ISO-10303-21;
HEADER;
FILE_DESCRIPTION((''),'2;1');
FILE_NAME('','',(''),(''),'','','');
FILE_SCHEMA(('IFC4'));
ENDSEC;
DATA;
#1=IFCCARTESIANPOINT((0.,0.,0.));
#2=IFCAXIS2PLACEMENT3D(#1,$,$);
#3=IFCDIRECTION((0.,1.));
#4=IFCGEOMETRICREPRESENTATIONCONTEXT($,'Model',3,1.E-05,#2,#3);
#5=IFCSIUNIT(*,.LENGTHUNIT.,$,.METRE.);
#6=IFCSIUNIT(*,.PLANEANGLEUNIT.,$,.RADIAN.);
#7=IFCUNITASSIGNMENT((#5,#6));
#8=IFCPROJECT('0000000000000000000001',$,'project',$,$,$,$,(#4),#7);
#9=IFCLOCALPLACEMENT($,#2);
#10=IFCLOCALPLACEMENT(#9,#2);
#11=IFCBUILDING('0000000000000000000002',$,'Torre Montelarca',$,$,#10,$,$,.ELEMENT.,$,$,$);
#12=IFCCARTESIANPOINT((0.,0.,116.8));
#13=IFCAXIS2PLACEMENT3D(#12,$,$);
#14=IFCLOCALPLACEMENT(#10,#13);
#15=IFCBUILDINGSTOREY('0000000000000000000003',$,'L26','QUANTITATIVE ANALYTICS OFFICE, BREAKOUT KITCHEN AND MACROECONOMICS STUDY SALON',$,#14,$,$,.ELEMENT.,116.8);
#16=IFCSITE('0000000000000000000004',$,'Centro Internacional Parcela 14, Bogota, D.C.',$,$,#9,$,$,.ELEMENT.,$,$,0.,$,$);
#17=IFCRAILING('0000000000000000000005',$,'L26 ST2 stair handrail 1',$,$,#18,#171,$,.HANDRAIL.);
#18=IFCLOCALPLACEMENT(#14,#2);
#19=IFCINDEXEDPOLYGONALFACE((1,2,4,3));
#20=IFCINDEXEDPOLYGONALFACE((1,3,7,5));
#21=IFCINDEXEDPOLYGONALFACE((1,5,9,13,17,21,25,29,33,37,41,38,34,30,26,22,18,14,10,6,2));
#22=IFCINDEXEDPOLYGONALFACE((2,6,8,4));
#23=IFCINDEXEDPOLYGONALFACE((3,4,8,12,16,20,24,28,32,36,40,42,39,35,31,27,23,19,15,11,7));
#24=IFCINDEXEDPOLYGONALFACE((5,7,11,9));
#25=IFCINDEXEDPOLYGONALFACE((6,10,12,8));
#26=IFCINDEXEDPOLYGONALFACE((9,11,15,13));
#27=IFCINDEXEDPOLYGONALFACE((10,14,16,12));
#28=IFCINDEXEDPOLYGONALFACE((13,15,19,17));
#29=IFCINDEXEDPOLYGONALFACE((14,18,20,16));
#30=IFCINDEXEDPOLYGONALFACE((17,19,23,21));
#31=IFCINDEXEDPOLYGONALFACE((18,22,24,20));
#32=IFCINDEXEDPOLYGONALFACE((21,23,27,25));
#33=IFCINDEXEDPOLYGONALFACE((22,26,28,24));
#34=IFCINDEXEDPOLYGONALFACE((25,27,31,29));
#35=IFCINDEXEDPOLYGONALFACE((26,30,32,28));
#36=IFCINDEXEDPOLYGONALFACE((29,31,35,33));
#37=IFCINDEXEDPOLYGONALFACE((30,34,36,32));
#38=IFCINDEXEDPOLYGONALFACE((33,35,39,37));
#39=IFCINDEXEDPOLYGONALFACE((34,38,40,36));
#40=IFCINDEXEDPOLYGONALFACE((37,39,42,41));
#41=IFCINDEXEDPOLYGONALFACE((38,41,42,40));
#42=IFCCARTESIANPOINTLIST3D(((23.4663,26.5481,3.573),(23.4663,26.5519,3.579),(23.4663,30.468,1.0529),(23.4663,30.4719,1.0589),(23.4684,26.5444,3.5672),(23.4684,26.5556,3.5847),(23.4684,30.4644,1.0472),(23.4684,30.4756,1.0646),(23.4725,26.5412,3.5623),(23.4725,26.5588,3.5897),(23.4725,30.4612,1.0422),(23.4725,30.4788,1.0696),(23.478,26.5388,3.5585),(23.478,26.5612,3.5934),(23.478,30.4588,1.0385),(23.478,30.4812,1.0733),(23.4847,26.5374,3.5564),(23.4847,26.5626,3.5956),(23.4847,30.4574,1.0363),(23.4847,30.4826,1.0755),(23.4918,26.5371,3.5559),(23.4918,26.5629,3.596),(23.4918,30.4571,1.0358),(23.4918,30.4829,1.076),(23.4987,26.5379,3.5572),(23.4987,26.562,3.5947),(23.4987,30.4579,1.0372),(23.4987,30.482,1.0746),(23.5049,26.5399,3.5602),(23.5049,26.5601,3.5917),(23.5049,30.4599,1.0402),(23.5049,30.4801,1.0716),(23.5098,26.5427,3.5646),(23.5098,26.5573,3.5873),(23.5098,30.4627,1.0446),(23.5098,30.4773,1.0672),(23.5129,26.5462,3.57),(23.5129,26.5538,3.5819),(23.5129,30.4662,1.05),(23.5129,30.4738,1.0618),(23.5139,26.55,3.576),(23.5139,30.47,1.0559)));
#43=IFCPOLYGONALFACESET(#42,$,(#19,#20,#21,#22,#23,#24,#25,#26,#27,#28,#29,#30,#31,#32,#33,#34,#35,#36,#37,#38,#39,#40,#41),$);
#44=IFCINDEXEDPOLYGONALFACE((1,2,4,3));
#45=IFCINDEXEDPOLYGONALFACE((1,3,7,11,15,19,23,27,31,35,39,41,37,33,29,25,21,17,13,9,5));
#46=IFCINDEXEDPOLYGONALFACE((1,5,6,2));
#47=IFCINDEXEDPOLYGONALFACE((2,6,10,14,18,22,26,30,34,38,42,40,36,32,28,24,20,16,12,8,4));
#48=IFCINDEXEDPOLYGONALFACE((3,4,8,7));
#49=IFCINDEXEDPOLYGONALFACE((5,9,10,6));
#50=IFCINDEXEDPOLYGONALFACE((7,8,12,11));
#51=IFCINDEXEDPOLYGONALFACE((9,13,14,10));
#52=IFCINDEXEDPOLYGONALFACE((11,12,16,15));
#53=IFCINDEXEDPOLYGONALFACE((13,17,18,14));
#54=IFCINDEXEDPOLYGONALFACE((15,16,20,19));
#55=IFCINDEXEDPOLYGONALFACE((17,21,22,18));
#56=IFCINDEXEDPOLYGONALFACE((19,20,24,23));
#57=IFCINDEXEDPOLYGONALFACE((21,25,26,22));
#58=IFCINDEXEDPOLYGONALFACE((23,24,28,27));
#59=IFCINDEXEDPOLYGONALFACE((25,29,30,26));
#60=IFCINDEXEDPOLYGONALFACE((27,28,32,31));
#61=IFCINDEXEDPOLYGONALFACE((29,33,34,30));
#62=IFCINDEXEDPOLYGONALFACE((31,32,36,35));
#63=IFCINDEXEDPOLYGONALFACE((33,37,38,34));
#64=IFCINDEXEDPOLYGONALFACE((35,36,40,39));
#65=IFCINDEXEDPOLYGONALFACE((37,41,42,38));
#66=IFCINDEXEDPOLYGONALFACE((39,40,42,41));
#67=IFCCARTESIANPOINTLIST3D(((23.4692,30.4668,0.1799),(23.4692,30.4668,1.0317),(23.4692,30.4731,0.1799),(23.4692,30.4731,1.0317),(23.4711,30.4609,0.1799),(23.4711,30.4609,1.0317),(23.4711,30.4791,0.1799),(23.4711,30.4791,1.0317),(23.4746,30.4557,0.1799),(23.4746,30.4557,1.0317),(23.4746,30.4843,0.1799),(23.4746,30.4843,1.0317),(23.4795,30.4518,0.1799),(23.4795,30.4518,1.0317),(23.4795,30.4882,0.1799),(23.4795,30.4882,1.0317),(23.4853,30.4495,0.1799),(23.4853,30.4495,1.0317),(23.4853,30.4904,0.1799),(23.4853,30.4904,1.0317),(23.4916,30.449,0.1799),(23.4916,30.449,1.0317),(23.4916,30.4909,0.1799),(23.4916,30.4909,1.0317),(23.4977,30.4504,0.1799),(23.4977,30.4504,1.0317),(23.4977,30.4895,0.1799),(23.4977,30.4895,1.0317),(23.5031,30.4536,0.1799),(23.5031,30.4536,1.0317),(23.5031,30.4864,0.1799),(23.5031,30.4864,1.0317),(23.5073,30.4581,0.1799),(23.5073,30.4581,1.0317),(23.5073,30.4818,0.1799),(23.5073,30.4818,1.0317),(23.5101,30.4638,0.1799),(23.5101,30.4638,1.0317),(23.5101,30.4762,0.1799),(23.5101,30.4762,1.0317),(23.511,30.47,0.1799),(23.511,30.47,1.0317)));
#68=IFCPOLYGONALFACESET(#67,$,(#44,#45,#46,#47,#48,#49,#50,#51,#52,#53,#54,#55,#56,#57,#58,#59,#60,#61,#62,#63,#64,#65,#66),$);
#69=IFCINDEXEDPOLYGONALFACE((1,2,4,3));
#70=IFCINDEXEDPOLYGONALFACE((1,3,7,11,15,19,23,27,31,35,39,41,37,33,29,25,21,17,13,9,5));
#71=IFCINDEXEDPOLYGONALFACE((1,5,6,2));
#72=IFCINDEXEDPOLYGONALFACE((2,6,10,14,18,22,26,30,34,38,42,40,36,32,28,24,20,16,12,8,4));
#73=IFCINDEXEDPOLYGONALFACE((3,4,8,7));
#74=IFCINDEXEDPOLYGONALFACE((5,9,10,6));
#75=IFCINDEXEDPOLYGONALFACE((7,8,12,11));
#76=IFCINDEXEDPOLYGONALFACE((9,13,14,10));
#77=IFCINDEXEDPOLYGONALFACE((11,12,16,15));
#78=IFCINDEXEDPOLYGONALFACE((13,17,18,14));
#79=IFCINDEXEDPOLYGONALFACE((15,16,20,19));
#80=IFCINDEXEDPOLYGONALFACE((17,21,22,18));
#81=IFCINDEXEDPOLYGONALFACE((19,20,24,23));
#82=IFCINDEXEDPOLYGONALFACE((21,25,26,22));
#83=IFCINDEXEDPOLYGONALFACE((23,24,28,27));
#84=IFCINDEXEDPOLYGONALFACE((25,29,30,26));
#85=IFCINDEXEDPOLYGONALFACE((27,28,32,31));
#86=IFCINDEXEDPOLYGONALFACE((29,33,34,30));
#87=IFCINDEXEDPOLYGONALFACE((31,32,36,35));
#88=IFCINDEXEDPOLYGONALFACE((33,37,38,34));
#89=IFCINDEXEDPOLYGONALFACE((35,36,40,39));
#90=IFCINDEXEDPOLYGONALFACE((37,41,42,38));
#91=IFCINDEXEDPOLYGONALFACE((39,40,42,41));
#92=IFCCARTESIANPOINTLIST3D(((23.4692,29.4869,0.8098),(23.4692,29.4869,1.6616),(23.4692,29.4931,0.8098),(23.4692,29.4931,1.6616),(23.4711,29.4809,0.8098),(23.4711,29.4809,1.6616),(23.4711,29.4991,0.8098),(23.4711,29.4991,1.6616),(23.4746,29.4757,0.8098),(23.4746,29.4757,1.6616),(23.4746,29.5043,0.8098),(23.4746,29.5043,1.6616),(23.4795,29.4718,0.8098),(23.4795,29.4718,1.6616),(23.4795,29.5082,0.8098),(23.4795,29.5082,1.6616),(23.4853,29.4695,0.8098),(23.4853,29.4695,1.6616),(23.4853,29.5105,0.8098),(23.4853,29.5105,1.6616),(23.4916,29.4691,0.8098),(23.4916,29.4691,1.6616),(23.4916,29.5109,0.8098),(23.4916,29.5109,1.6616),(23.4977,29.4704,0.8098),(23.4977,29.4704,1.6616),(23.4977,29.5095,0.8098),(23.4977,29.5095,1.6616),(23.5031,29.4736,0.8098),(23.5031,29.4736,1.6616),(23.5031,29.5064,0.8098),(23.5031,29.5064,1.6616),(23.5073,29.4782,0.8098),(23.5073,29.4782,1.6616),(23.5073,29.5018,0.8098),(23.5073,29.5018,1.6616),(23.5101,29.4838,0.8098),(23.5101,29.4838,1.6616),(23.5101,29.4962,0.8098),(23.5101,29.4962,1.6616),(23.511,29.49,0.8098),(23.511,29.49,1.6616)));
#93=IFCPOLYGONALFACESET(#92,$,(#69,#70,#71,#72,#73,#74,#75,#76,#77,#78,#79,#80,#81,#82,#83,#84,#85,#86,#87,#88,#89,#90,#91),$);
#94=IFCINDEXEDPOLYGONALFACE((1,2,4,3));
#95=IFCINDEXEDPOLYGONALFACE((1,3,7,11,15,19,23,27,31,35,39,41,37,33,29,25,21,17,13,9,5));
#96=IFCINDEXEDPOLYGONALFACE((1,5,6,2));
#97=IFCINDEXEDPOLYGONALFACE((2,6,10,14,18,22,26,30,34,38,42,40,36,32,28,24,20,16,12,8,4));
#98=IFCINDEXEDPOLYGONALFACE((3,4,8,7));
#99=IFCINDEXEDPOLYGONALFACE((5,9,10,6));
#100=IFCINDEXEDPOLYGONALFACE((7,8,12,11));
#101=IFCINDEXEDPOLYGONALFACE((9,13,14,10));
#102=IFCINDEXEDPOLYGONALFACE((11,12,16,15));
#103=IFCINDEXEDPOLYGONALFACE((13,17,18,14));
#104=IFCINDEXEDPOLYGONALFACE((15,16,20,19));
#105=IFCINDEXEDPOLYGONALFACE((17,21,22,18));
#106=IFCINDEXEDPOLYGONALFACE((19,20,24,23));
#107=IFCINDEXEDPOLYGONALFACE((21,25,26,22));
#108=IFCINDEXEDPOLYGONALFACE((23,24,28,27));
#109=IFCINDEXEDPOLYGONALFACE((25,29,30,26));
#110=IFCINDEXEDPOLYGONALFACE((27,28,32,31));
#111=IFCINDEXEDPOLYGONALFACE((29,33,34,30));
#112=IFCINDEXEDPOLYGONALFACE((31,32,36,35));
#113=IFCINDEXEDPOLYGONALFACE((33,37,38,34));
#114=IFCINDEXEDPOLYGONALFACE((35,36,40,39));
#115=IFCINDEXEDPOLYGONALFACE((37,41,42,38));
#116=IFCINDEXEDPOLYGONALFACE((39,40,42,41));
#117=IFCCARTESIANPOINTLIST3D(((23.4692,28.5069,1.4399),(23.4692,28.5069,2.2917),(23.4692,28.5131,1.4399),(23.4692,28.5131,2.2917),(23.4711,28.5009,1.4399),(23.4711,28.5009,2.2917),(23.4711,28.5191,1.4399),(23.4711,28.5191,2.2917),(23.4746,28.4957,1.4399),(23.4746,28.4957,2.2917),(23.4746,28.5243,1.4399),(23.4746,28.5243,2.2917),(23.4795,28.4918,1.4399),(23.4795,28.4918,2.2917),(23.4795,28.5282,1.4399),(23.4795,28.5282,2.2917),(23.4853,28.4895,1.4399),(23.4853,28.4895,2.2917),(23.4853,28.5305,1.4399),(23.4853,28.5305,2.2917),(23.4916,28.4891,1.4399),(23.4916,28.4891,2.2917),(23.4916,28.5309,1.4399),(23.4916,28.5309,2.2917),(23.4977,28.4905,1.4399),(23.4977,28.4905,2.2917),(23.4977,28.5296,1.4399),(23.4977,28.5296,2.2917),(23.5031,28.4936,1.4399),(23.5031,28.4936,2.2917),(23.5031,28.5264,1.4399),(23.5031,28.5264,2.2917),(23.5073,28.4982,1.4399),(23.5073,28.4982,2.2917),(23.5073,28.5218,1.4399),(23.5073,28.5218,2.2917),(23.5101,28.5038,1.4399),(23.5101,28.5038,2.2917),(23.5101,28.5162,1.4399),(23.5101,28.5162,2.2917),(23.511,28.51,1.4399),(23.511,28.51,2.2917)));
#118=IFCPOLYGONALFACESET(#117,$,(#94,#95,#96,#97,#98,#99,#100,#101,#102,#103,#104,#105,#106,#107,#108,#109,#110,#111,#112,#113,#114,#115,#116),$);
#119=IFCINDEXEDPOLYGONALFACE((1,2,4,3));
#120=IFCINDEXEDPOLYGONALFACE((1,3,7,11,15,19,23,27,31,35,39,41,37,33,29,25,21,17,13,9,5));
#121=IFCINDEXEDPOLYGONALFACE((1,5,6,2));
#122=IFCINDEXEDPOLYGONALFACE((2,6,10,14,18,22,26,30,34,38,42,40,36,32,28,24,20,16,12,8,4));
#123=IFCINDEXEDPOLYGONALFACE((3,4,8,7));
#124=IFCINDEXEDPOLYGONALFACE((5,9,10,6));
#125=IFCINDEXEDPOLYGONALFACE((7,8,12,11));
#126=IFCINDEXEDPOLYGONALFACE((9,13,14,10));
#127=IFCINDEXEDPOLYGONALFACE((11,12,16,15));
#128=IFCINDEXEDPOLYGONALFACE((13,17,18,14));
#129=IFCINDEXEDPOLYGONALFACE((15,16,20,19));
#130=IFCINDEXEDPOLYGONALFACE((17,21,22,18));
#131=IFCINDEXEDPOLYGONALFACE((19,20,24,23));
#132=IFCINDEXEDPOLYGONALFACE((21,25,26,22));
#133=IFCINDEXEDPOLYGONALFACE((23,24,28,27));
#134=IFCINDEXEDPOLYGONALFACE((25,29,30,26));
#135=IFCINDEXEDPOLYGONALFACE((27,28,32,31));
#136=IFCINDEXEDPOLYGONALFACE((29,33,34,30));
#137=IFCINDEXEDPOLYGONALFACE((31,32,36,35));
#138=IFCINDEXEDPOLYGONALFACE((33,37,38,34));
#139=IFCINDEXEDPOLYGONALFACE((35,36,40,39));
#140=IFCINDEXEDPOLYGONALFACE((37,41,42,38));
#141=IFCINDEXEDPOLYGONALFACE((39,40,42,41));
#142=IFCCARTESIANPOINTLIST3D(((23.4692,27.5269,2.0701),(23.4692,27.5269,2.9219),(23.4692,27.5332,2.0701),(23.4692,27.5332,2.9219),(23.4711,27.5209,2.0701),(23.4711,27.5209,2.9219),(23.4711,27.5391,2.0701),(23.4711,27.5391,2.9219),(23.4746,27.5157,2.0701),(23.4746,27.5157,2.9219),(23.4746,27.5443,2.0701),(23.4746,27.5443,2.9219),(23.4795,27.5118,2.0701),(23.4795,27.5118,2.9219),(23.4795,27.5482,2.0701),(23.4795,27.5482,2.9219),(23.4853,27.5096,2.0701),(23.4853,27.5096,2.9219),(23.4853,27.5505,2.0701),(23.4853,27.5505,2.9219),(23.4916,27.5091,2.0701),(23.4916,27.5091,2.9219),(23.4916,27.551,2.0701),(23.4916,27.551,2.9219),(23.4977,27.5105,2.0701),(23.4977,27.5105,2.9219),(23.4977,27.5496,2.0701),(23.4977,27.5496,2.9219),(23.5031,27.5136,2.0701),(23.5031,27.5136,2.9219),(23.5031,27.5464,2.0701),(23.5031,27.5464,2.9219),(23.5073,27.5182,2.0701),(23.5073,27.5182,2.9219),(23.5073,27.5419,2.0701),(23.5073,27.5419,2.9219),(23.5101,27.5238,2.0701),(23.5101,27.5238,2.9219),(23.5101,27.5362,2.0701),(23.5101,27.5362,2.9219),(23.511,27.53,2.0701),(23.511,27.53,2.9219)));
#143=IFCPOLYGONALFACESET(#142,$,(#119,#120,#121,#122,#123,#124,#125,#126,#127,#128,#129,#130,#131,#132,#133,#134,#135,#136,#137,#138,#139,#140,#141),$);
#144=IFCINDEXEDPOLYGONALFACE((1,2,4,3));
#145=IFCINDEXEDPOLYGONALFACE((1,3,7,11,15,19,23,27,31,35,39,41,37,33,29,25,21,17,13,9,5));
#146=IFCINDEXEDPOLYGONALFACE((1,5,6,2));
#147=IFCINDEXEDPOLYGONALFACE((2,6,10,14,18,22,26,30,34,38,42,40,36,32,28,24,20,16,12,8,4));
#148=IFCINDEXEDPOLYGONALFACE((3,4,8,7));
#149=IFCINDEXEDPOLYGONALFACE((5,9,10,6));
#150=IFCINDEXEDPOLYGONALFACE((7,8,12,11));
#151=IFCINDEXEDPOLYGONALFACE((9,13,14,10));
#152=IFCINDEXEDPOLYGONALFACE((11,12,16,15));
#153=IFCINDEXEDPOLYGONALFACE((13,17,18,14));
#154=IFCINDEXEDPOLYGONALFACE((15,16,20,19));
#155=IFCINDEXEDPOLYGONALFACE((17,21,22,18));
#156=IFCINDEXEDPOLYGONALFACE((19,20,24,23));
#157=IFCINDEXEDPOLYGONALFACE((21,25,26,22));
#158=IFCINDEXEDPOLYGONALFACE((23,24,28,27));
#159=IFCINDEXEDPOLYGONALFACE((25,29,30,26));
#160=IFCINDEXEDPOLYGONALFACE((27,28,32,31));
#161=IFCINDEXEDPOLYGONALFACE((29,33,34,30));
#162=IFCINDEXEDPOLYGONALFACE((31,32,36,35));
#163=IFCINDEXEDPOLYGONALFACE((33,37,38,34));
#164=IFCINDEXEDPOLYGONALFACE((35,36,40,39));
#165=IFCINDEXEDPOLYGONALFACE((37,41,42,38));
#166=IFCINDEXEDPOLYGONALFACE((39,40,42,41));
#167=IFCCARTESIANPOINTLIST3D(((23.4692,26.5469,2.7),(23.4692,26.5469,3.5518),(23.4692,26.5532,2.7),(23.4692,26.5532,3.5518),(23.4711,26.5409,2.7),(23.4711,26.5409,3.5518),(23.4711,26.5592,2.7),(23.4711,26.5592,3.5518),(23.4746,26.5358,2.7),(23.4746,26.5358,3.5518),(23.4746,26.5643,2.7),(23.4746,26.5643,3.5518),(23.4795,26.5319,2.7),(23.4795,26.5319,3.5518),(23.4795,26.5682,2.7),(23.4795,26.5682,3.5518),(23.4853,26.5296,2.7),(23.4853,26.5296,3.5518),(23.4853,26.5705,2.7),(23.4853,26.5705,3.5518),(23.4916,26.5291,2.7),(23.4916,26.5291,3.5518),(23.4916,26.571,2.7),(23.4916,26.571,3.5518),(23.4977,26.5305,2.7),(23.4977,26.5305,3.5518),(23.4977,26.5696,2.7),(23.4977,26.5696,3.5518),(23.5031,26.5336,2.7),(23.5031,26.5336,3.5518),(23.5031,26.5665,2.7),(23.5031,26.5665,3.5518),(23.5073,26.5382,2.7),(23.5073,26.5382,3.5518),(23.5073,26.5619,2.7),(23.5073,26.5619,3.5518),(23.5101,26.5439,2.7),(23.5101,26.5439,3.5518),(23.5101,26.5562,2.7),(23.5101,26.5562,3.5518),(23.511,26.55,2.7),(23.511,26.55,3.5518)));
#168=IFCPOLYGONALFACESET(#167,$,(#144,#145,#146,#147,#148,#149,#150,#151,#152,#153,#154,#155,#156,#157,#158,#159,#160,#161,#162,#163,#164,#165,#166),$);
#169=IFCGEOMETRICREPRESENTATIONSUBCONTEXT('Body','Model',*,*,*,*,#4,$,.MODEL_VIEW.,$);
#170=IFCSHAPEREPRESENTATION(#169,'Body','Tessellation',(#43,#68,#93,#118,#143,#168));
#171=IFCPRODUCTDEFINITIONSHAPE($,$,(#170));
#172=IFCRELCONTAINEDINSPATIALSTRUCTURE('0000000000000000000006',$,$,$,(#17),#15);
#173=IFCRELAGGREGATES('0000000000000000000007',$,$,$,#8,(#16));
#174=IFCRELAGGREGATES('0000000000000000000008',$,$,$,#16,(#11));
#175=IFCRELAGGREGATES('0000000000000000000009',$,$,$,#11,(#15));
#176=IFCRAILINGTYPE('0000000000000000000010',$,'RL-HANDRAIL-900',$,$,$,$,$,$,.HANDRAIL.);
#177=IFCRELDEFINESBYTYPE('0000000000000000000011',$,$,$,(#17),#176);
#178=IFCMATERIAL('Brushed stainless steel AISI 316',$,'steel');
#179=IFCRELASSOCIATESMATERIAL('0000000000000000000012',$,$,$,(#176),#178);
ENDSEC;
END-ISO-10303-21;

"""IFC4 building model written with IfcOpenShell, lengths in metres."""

from ifc_helpers import new_model, si_unit, direction, frame, origin, origin_2d, place, context, subcontext, project, spatial, circle, extrude, material, type_object, element, save


model = new_model("IFC4")

# Units and contexts
model_context = context("Model", 3, precision=1e-05, world=origin(), true_north=direction((0.0, 1.0)))
body_context = subcontext(model_context, "Body", "Model", "MODEL_VIEW")
ifc_project = project(units=[si_unit("LENGTHUNIT", "METRE"), si_unit("PLANEANGLEUNIT", "RADIAN")], contexts=[model_context])

# Site, building, storey
site_placement = place(None, origin())
site = spatial("IfcSite", under=ifc_project, at=site_placement, Name="Centro Internacional Parcela 14, Bogota, D.C.", CompositionType="ELEMENT", RefElevation=0.0)
building_placement = place(site_placement, origin())
building = spatial("IfcBuilding", under=site, at=building_placement, Name="Torre Montelarca", CompositionType="ELEMENT")
storey_placement = place(building_placement, frame((0.0, 0.0, 116.8)))
storey = spatial("IfcBuildingStorey", under=building, at=storey_placement, Name="L26", Description="QUANTITATIVE ANALYTICS OFFICE, BREAKOUT KITCHEN AND MACROECONOMICS STUDY SALON", CompositionType="ELEMENT", Elevation=116.8)

# Railing
ifc_material_1 = material(Name="Brushed stainless steel AISI 316", Category="steel")
railing_type_1 = type_object("IfcRailingType", Name="RL-HANDRAIL-900", PredefinedType="HANDRAIL", material=ifc_material_1)
railing_1_placement = place(storey_placement, frame((23.49, 30.47, 0.1799)))
element("IfcRailing", 1, at=railing_1_placement, inside=storey, type_object=railing_type_1, Name="L26 ST2 stair handrail 1", PredefinedType="HANDRAIL", context=body_context, shape_type="SweptSolid", body=[
    extrude(circle(Radius=0.0239, at=origin_2d()), frame((0.0, 0.0, 0.876), z_axis=(0.0, -0.841172, 0.540768), x_axis=(1.0, 0.0, 0.0)), (0.0, 0.0, 1.0), 4.6602),
    extrude(circle(Radius=0.021, at=origin_2d()), origin(), (0.0, 0.0, 1.0), 0.8518),
    extrude(circle(Radius=0.021, at=origin_2d()), frame((0.0, -0.98, 0.6299)), (0.0, 0.0, 1.0), 0.8518),
    extrude(circle(Radius=0.021, at=origin_2d()), frame((0.0, -1.96, 1.26)), (0.0, 0.0, 1.0), 0.8518),
    extrude(circle(Radius=0.021, at=origin_2d()), frame((0.0, -2.9399, 1.8901)), (0.0, 0.0, 1.0), 0.8518),
    extrude(circle(Radius=0.021, at=origin_2d()), frame((0.0, -3.9199, 2.52)), (0.0, 0.0, 1.0), 0.8518),
])

save(model, "model.ifc")
